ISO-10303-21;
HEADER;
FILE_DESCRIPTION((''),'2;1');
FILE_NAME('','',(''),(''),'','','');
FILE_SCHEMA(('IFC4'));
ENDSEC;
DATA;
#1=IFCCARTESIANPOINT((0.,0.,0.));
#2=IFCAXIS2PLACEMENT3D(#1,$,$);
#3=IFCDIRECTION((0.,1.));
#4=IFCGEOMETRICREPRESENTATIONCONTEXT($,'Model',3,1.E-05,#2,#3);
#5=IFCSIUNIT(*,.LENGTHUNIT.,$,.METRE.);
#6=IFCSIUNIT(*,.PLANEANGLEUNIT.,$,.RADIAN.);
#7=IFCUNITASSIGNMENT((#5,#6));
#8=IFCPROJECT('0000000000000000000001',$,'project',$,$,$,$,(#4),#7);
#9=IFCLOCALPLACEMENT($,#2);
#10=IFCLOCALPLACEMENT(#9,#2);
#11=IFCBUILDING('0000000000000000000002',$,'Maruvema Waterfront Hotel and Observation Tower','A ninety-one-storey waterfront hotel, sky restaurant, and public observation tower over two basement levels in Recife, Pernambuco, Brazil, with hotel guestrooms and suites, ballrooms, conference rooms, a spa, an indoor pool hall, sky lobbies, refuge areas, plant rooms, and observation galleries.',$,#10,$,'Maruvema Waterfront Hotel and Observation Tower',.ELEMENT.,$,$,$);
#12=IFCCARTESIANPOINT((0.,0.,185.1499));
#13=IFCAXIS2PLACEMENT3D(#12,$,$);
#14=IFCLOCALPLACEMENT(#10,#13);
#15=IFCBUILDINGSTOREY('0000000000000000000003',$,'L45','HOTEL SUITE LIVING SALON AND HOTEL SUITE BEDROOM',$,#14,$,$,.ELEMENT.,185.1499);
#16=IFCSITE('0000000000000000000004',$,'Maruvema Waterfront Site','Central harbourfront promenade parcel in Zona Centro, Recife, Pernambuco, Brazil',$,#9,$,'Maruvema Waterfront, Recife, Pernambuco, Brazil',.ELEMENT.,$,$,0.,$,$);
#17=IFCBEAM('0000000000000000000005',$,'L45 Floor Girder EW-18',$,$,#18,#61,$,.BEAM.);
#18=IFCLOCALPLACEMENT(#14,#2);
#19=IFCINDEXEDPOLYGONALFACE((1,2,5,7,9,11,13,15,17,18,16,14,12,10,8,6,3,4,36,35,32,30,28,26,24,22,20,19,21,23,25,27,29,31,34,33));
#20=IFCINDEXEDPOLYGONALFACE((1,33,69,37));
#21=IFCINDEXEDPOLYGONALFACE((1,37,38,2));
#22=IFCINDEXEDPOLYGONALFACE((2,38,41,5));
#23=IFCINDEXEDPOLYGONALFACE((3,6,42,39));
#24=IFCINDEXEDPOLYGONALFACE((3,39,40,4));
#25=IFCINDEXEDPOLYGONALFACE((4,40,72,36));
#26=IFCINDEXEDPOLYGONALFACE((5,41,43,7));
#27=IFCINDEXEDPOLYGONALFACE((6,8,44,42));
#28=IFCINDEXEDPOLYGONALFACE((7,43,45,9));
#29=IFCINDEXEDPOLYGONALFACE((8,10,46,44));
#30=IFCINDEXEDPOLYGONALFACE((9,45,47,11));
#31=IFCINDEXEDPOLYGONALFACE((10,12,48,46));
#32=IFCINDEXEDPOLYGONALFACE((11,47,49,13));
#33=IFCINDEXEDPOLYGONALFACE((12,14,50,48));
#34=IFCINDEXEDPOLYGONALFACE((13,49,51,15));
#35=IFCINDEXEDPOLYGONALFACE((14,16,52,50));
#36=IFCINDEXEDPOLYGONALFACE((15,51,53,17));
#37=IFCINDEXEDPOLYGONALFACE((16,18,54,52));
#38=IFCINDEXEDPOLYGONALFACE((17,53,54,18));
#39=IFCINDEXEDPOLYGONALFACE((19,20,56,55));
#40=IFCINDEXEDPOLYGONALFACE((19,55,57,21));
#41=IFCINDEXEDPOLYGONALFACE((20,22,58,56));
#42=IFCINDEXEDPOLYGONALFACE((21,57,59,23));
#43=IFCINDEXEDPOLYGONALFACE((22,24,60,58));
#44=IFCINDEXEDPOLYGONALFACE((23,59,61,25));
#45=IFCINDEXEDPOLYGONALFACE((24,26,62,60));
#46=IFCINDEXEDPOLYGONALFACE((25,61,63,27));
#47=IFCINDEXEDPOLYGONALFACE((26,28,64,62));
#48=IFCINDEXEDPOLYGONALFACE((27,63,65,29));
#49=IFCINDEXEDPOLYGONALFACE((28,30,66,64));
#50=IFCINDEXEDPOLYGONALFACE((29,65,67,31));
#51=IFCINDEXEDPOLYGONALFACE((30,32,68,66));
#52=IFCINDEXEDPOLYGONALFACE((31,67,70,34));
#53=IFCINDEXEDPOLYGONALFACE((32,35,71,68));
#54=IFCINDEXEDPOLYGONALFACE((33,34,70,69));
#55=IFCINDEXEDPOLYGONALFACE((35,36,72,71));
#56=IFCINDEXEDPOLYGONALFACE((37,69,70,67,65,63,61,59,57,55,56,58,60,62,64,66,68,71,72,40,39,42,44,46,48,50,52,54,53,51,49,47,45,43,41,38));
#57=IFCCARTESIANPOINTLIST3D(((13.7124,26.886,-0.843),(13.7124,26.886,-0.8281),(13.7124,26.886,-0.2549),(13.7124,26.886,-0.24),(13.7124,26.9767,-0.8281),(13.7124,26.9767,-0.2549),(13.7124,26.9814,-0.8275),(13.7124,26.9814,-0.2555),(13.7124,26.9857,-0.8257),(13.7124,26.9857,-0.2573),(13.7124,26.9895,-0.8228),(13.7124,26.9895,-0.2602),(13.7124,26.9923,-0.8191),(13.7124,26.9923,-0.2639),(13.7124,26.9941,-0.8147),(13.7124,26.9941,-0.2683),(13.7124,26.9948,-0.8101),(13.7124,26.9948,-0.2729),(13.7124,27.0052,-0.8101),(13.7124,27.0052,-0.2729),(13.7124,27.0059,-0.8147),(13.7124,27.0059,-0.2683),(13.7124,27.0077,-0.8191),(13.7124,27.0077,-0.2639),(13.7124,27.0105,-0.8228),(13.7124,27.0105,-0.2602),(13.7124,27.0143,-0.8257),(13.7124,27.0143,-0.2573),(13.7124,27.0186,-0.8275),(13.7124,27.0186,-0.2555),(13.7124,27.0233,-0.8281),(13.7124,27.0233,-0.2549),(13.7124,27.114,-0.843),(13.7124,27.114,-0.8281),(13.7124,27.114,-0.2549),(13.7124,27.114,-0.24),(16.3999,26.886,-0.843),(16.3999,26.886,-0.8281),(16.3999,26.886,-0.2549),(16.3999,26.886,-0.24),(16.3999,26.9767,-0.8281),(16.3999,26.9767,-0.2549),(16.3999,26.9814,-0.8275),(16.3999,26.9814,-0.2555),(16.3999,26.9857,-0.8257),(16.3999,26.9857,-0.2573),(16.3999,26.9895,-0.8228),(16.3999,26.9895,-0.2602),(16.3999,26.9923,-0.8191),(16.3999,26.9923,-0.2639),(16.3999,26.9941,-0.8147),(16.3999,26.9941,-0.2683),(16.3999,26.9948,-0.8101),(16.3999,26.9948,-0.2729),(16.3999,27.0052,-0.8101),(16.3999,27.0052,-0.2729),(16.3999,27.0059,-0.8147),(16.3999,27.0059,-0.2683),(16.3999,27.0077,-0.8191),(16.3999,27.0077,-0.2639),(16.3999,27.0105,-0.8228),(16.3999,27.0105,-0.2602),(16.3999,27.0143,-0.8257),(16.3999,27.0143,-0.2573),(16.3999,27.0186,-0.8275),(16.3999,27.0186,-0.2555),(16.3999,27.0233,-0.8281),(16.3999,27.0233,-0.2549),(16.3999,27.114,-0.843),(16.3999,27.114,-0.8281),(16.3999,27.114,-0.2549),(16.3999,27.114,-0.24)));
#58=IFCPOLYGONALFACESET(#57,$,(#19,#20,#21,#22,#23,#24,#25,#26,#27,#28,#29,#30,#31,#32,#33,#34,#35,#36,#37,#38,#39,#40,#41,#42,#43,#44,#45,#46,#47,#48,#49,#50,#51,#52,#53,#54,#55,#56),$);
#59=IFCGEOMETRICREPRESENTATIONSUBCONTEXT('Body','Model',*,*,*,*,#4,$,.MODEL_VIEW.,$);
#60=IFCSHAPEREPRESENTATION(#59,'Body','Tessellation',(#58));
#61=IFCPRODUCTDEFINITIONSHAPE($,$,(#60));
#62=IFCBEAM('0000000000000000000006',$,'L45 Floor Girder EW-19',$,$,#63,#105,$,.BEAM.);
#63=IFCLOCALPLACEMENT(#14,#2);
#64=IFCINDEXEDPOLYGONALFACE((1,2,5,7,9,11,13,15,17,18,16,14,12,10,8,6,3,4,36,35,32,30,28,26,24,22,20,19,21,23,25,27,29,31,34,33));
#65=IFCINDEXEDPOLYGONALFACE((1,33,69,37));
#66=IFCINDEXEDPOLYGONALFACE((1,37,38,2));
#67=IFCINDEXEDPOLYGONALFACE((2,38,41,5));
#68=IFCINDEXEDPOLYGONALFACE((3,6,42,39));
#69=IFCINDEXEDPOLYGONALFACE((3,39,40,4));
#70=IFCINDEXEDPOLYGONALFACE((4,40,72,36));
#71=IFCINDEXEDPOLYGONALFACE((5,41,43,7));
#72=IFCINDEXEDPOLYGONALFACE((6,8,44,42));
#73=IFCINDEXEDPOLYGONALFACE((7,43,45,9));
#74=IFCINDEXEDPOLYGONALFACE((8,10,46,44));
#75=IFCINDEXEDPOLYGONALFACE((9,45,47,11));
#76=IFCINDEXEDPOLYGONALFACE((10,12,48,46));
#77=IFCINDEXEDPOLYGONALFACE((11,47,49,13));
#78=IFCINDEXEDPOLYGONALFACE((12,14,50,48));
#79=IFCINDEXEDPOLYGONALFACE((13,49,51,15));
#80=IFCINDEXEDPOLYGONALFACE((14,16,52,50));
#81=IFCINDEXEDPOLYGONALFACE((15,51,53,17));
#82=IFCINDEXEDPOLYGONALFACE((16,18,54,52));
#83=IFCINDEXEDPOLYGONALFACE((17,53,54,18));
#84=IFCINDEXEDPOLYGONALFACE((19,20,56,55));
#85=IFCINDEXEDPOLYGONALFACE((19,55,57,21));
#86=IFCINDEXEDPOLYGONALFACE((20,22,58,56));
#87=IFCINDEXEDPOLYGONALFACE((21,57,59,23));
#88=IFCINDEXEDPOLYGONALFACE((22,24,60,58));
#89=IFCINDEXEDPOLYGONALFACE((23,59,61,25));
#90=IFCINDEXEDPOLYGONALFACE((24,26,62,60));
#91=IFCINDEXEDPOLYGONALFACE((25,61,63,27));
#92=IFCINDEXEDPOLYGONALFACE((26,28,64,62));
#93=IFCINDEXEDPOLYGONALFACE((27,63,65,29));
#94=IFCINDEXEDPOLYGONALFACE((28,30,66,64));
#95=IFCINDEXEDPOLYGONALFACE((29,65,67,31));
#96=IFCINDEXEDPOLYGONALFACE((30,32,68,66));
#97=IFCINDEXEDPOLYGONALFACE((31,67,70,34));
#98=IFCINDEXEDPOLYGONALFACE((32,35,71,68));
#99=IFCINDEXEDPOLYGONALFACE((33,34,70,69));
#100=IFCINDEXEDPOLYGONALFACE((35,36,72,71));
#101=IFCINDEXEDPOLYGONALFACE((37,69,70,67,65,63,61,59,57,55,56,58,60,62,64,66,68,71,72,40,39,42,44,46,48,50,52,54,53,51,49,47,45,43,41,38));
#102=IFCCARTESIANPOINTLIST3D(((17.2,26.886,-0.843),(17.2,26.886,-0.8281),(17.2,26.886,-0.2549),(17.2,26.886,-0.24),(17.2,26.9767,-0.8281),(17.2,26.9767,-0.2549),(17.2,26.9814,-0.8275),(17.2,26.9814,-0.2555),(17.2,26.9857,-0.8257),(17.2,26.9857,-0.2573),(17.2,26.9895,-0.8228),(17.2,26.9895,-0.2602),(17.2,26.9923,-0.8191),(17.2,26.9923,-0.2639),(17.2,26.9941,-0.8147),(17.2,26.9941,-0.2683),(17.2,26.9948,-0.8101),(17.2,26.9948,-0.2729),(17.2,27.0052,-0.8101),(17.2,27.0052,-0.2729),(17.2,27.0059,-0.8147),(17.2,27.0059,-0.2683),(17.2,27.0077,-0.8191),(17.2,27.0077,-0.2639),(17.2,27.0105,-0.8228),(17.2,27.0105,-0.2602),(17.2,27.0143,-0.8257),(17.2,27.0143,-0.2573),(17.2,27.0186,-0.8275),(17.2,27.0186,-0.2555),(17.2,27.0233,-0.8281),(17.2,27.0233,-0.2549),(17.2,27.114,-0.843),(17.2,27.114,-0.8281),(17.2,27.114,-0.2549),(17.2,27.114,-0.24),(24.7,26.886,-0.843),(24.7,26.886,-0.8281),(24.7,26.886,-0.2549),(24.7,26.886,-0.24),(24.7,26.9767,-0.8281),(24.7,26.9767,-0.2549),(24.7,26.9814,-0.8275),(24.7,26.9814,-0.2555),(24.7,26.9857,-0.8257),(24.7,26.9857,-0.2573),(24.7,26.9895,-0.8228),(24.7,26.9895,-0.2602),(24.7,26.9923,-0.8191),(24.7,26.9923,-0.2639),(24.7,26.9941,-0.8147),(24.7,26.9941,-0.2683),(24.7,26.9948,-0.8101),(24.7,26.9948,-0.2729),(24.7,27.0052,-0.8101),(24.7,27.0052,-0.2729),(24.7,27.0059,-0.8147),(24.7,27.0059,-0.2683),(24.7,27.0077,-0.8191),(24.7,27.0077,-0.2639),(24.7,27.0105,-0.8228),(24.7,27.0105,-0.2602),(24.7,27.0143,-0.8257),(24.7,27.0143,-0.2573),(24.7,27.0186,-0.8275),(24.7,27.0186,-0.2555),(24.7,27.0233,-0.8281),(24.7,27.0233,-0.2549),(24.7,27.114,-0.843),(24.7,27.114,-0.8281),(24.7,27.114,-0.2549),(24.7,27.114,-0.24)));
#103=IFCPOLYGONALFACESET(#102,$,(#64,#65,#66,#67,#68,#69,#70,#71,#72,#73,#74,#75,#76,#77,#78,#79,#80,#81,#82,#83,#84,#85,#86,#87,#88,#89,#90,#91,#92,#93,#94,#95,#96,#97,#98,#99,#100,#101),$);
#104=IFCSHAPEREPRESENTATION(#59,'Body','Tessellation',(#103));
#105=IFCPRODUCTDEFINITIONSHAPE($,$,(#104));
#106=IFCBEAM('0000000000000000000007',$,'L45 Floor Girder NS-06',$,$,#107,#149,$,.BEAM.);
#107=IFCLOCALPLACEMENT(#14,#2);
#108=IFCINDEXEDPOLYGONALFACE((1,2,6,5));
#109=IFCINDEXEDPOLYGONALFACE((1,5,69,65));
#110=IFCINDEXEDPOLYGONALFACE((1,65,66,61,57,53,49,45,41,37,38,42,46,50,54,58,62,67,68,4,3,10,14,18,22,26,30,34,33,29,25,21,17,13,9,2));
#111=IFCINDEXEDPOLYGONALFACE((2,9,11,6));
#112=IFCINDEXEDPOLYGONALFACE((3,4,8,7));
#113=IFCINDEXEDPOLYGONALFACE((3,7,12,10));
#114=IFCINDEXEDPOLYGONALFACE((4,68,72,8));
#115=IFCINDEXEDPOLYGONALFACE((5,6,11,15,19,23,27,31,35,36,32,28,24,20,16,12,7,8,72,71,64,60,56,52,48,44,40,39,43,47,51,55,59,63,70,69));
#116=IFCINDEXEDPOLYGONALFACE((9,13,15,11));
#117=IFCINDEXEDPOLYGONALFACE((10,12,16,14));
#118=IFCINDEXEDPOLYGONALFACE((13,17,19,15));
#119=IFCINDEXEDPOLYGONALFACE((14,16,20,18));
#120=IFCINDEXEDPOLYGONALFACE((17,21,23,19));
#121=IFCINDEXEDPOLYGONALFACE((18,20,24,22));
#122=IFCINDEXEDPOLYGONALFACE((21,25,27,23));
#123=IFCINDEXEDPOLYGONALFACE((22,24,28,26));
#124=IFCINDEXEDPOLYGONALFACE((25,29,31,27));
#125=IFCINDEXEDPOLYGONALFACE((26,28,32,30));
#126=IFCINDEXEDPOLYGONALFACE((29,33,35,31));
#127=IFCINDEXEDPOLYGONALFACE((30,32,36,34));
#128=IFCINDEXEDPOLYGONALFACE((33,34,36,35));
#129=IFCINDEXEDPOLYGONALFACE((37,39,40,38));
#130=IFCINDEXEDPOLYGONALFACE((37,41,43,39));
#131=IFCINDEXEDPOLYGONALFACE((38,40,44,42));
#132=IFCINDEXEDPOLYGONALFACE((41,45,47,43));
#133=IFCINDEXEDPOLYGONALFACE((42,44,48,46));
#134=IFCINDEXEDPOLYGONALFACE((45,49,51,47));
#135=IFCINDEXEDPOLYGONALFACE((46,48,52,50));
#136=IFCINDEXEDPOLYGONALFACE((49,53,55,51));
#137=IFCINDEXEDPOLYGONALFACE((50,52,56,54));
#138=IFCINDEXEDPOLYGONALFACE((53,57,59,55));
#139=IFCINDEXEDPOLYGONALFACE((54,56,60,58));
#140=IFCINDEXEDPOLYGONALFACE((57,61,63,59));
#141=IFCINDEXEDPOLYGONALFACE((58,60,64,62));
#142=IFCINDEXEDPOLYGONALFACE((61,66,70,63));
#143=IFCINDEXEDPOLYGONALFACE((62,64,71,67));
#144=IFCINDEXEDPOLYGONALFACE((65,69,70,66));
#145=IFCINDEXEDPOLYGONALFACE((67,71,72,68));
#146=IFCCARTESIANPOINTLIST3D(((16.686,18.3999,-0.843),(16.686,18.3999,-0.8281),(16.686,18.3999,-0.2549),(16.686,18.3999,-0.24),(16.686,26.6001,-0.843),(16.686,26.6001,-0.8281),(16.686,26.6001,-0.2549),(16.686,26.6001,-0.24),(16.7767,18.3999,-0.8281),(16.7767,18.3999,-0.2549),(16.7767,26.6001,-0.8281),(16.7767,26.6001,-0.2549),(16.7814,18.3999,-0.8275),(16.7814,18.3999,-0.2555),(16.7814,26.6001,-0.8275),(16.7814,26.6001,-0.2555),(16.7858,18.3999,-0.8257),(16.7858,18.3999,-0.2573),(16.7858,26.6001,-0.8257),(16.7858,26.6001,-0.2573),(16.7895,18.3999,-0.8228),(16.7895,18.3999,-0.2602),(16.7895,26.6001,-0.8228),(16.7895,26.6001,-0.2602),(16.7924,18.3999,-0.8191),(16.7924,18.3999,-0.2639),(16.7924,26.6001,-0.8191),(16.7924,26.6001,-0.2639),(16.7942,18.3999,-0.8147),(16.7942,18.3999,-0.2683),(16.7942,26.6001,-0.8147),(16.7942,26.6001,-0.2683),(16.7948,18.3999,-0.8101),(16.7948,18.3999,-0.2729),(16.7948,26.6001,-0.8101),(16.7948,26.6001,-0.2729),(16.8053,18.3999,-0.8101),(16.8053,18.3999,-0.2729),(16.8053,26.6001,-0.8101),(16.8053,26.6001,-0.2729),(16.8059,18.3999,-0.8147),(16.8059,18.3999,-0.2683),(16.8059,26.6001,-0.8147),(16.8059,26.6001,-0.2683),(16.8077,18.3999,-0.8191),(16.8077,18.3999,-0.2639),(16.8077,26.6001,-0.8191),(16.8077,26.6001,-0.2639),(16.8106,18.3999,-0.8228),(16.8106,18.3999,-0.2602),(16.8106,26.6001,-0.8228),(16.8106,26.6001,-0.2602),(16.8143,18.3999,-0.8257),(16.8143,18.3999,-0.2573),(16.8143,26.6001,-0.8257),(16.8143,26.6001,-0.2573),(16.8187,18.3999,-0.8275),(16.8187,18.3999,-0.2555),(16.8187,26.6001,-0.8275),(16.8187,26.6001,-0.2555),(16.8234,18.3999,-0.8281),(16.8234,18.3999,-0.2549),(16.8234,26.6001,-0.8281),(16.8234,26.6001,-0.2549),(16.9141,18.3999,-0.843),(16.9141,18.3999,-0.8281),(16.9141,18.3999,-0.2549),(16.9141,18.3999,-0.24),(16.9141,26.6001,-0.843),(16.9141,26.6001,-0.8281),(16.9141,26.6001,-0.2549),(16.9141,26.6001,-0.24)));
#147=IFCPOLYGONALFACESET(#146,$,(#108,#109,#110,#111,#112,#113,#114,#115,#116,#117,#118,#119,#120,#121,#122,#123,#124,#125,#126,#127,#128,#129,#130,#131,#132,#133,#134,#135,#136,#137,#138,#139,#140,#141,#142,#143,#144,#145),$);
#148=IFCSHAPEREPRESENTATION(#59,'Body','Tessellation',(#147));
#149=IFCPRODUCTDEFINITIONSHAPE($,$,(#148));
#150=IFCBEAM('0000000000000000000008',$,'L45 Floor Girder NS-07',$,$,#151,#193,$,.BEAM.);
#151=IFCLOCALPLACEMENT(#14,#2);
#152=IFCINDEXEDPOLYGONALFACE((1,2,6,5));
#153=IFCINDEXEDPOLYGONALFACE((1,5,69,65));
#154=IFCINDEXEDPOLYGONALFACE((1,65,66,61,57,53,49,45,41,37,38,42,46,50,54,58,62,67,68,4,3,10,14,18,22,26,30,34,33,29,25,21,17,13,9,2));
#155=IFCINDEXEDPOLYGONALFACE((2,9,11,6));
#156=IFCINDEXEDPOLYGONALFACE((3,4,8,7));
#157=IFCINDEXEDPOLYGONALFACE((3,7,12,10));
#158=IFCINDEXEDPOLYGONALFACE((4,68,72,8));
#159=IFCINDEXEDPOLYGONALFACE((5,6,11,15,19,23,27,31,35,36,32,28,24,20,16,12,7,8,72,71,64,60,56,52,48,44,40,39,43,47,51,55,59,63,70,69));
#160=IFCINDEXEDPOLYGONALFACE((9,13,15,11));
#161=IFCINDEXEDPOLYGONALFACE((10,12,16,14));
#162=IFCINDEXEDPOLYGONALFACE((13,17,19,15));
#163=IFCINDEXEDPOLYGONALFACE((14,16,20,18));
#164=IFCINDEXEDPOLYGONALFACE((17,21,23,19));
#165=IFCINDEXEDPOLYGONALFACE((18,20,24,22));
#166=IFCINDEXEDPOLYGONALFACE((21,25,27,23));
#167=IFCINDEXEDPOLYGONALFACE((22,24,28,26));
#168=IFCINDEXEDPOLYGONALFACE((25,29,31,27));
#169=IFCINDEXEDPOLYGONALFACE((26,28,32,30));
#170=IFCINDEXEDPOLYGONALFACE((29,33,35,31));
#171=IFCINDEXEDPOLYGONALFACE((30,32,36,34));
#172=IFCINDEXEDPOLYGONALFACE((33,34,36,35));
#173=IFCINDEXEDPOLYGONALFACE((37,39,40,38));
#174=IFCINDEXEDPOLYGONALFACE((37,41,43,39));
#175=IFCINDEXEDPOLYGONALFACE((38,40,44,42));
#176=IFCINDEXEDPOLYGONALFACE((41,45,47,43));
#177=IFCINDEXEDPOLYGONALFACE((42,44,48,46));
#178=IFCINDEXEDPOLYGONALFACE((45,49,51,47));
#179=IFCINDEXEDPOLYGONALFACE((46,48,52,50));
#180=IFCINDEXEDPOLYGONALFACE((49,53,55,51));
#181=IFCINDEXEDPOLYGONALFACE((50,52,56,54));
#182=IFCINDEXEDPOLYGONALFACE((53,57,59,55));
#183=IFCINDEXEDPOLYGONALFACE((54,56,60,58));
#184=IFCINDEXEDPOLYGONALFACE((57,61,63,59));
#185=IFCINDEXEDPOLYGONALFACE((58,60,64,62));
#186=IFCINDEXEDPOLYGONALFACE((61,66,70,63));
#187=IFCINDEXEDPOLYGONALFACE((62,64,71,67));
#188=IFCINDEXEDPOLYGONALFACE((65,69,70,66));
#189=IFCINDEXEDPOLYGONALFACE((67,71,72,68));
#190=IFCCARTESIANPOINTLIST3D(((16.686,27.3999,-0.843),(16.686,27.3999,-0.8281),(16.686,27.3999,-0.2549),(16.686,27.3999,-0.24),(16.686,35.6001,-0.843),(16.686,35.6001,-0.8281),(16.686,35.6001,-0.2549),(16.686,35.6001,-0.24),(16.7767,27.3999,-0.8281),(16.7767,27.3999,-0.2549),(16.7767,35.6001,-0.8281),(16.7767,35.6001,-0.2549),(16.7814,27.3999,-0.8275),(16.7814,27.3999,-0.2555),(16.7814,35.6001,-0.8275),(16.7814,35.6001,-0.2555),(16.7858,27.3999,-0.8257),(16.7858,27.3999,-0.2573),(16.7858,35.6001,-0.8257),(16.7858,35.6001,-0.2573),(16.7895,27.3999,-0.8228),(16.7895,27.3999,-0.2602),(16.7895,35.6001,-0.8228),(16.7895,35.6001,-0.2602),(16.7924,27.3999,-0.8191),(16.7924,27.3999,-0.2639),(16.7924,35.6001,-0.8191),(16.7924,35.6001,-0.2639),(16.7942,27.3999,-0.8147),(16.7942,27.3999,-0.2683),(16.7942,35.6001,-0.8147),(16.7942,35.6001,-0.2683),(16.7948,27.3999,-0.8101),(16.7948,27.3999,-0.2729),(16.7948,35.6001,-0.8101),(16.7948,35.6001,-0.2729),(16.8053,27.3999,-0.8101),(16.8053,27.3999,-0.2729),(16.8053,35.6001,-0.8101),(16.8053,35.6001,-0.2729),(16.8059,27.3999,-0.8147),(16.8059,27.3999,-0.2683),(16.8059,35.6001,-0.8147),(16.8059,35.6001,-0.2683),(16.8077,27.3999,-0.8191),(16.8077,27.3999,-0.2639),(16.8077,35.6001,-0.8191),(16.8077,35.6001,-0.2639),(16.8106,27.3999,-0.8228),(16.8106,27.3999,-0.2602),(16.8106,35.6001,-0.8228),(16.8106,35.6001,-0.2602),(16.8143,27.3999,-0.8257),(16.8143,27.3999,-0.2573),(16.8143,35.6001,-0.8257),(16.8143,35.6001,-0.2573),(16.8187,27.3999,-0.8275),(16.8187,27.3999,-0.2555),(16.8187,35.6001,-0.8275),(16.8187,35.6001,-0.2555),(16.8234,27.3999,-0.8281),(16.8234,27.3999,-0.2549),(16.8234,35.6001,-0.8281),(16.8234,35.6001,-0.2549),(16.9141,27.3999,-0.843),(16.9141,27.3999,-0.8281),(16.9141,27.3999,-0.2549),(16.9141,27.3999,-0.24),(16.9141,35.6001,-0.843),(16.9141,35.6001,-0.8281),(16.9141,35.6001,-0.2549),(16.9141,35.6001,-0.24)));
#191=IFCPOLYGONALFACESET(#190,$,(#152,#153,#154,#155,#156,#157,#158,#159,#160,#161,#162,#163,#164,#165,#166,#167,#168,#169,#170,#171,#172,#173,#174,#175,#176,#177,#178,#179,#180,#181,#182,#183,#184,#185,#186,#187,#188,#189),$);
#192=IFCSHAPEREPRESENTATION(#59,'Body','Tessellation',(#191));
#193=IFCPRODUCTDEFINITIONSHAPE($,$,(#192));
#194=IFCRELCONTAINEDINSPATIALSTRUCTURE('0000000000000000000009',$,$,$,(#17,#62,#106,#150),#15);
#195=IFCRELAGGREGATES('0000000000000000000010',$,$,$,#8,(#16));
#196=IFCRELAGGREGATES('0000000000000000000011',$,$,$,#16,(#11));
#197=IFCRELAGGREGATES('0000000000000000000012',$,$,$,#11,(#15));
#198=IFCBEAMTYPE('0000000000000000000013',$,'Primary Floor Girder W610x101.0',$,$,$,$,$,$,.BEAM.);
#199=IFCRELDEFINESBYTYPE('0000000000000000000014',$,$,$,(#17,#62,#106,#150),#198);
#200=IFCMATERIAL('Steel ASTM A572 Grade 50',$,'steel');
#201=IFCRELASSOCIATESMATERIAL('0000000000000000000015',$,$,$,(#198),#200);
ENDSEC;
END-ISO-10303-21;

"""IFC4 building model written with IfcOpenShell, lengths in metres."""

from ifc_helpers import new_model, si_unit, direction, frame, origin, origin_2d, place, context, subcontext, project, spatial, i_section, extrude, material, material_profile, profile_set, type_object, element, save


model = new_model("IFC4")

# Units and contexts
model_context = context("Model", 3, precision=1e-05, world=origin(), true_north=direction((0.0, 1.0)))
body_context = subcontext(model_context, "Body", "Model", "MODEL_VIEW")
ifc_project = project(units=[si_unit("LENGTHUNIT", "METRE"), si_unit("PLANEANGLEUNIT", "RADIAN")], contexts=[model_context])

# Site, building, storey
site_placement = place(None, origin())
site = spatial("IfcSite", under=ifc_project, at=site_placement, Name="Maruvema Waterfront Site", Description="Central harbourfront promenade parcel in Zona Centro, Recife, Pernambuco, Brazil", LongName="Maruvema Waterfront, Recife, Pernambuco, Brazil", CompositionType="ELEMENT", RefElevation=0.0)
building_placement = place(site_placement, origin())
building = spatial("IfcBuilding", under=site, at=building_placement, Name="Maruvema Waterfront Hotel and Observation Tower", Description="A ninety-one-storey waterfront hotel, sky restaurant, and public observation tower over two basement levels in Recife, Pernambuco, Brazil, with hotel guestrooms and suites, ballrooms, conference rooms, a spa, an indoor pool hall, sky lobbies, refuge areas, plant rooms, and observation galleries.", LongName="Maruvema Waterfront Hotel and Observation Tower", CompositionType="ELEMENT")
storey_placement = place(building_placement, frame((0.0, 0.0, 185.1499)))
storey = spatial("IfcBuildingStorey", under=building, at=storey_placement, Name="L45", Description="HOTEL SUITE LIVING SALON AND HOTEL SUITE BEDROOM", CompositionType="ELEMENT", Elevation=185.1499)

# Beams
ifc_material_1 = material(Name="Steel ASTM A572 Grade 50", Category="steel")
ifc_material_profile_1 = material_profile(ifc_material_1, i_section(OverallWidth=0.228, OverallDepth=0.603, WebThickness=0.0105, FlangeThickness=0.0149, FilletRadius=0.0181, at=origin_2d()), Name="W610x101.0")
ifc_profile_set_1 = profile_set([ifc_material_profile_1], Name="Steel ASTM A572 Grade 50")
beam_type_1 = type_object("IfcBeamType", Name="Primary Floor Girder W610x101.0", PredefinedType="BEAM", material=ifc_profile_set_1)
beam_1_placement = place(storey_placement, frame((13.7124, 27.0, -0.5415), z_axis=(1.0, 0.0, 0.0), x_axis=(0.0, 1.0, 0.0)))
element("IfcBeam", 1, at=beam_1_placement, inside=storey, type_object=beam_type_1, Name="L45 Floor Girder EW-18", PredefinedType="BEAM", context=body_context, shape_type="SweptSolid", body=[
    extrude(i_section(OverallWidth=0.228, OverallDepth=0.603, WebThickness=0.0105, FlangeThickness=0.0149, FilletRadius=0.0181, at=origin_2d()), origin(), (0.0, 0.0, 1.0), 2.6875),
])
beam_2_placement = place(storey_placement, frame((17.2, 27.0, -0.5415), z_axis=(1.0, 0.0, 0.0), x_axis=(0.0, 1.0, 0.0)))
element("IfcBeam", 2, at=beam_2_placement, inside=storey, type_object=beam_type_1, Name="L45 Floor Girder EW-19", PredefinedType="BEAM", context=body_context, shape_type="SweptSolid", body=[
    extrude(i_section(OverallWidth=0.228, OverallDepth=0.603, WebThickness=0.0105, FlangeThickness=0.0149, FilletRadius=0.0181, at=origin_2d()), origin(), (0.0, 0.0, 1.0), 7.5),
])
for number, where, z_axis, x_axis, name in (
    (3, (16.8, 18.3999, -0.5415), (0.0, 1.0, 0.0), (-1.0, 0.0, 0.0), "L45 Floor Girder NS-06"),
    (4, (16.8, 27.3999, -0.5415), (0.0, 1.0, 0.0), (-1.0, 0.0, 0.0), "L45 Floor Girder NS-07"),
):
    element("IfcBeam", number, at=place(storey_placement, frame(where, z_axis=z_axis, x_axis=x_axis)), inside=storey, type_object=beam_type_1, Name=name, PredefinedType="BEAM", context=body_context, shape_type="SweptSolid", body=[
        extrude(i_section(OverallWidth=0.228, OverallDepth=0.603, WebThickness=0.0105, FlangeThickness=0.0149, FilletRadius=0.0181, at=origin_2d()), origin(), (0.0, 0.0, 1.0), 8.2002),
    ])

save(model, "model.ifc")
